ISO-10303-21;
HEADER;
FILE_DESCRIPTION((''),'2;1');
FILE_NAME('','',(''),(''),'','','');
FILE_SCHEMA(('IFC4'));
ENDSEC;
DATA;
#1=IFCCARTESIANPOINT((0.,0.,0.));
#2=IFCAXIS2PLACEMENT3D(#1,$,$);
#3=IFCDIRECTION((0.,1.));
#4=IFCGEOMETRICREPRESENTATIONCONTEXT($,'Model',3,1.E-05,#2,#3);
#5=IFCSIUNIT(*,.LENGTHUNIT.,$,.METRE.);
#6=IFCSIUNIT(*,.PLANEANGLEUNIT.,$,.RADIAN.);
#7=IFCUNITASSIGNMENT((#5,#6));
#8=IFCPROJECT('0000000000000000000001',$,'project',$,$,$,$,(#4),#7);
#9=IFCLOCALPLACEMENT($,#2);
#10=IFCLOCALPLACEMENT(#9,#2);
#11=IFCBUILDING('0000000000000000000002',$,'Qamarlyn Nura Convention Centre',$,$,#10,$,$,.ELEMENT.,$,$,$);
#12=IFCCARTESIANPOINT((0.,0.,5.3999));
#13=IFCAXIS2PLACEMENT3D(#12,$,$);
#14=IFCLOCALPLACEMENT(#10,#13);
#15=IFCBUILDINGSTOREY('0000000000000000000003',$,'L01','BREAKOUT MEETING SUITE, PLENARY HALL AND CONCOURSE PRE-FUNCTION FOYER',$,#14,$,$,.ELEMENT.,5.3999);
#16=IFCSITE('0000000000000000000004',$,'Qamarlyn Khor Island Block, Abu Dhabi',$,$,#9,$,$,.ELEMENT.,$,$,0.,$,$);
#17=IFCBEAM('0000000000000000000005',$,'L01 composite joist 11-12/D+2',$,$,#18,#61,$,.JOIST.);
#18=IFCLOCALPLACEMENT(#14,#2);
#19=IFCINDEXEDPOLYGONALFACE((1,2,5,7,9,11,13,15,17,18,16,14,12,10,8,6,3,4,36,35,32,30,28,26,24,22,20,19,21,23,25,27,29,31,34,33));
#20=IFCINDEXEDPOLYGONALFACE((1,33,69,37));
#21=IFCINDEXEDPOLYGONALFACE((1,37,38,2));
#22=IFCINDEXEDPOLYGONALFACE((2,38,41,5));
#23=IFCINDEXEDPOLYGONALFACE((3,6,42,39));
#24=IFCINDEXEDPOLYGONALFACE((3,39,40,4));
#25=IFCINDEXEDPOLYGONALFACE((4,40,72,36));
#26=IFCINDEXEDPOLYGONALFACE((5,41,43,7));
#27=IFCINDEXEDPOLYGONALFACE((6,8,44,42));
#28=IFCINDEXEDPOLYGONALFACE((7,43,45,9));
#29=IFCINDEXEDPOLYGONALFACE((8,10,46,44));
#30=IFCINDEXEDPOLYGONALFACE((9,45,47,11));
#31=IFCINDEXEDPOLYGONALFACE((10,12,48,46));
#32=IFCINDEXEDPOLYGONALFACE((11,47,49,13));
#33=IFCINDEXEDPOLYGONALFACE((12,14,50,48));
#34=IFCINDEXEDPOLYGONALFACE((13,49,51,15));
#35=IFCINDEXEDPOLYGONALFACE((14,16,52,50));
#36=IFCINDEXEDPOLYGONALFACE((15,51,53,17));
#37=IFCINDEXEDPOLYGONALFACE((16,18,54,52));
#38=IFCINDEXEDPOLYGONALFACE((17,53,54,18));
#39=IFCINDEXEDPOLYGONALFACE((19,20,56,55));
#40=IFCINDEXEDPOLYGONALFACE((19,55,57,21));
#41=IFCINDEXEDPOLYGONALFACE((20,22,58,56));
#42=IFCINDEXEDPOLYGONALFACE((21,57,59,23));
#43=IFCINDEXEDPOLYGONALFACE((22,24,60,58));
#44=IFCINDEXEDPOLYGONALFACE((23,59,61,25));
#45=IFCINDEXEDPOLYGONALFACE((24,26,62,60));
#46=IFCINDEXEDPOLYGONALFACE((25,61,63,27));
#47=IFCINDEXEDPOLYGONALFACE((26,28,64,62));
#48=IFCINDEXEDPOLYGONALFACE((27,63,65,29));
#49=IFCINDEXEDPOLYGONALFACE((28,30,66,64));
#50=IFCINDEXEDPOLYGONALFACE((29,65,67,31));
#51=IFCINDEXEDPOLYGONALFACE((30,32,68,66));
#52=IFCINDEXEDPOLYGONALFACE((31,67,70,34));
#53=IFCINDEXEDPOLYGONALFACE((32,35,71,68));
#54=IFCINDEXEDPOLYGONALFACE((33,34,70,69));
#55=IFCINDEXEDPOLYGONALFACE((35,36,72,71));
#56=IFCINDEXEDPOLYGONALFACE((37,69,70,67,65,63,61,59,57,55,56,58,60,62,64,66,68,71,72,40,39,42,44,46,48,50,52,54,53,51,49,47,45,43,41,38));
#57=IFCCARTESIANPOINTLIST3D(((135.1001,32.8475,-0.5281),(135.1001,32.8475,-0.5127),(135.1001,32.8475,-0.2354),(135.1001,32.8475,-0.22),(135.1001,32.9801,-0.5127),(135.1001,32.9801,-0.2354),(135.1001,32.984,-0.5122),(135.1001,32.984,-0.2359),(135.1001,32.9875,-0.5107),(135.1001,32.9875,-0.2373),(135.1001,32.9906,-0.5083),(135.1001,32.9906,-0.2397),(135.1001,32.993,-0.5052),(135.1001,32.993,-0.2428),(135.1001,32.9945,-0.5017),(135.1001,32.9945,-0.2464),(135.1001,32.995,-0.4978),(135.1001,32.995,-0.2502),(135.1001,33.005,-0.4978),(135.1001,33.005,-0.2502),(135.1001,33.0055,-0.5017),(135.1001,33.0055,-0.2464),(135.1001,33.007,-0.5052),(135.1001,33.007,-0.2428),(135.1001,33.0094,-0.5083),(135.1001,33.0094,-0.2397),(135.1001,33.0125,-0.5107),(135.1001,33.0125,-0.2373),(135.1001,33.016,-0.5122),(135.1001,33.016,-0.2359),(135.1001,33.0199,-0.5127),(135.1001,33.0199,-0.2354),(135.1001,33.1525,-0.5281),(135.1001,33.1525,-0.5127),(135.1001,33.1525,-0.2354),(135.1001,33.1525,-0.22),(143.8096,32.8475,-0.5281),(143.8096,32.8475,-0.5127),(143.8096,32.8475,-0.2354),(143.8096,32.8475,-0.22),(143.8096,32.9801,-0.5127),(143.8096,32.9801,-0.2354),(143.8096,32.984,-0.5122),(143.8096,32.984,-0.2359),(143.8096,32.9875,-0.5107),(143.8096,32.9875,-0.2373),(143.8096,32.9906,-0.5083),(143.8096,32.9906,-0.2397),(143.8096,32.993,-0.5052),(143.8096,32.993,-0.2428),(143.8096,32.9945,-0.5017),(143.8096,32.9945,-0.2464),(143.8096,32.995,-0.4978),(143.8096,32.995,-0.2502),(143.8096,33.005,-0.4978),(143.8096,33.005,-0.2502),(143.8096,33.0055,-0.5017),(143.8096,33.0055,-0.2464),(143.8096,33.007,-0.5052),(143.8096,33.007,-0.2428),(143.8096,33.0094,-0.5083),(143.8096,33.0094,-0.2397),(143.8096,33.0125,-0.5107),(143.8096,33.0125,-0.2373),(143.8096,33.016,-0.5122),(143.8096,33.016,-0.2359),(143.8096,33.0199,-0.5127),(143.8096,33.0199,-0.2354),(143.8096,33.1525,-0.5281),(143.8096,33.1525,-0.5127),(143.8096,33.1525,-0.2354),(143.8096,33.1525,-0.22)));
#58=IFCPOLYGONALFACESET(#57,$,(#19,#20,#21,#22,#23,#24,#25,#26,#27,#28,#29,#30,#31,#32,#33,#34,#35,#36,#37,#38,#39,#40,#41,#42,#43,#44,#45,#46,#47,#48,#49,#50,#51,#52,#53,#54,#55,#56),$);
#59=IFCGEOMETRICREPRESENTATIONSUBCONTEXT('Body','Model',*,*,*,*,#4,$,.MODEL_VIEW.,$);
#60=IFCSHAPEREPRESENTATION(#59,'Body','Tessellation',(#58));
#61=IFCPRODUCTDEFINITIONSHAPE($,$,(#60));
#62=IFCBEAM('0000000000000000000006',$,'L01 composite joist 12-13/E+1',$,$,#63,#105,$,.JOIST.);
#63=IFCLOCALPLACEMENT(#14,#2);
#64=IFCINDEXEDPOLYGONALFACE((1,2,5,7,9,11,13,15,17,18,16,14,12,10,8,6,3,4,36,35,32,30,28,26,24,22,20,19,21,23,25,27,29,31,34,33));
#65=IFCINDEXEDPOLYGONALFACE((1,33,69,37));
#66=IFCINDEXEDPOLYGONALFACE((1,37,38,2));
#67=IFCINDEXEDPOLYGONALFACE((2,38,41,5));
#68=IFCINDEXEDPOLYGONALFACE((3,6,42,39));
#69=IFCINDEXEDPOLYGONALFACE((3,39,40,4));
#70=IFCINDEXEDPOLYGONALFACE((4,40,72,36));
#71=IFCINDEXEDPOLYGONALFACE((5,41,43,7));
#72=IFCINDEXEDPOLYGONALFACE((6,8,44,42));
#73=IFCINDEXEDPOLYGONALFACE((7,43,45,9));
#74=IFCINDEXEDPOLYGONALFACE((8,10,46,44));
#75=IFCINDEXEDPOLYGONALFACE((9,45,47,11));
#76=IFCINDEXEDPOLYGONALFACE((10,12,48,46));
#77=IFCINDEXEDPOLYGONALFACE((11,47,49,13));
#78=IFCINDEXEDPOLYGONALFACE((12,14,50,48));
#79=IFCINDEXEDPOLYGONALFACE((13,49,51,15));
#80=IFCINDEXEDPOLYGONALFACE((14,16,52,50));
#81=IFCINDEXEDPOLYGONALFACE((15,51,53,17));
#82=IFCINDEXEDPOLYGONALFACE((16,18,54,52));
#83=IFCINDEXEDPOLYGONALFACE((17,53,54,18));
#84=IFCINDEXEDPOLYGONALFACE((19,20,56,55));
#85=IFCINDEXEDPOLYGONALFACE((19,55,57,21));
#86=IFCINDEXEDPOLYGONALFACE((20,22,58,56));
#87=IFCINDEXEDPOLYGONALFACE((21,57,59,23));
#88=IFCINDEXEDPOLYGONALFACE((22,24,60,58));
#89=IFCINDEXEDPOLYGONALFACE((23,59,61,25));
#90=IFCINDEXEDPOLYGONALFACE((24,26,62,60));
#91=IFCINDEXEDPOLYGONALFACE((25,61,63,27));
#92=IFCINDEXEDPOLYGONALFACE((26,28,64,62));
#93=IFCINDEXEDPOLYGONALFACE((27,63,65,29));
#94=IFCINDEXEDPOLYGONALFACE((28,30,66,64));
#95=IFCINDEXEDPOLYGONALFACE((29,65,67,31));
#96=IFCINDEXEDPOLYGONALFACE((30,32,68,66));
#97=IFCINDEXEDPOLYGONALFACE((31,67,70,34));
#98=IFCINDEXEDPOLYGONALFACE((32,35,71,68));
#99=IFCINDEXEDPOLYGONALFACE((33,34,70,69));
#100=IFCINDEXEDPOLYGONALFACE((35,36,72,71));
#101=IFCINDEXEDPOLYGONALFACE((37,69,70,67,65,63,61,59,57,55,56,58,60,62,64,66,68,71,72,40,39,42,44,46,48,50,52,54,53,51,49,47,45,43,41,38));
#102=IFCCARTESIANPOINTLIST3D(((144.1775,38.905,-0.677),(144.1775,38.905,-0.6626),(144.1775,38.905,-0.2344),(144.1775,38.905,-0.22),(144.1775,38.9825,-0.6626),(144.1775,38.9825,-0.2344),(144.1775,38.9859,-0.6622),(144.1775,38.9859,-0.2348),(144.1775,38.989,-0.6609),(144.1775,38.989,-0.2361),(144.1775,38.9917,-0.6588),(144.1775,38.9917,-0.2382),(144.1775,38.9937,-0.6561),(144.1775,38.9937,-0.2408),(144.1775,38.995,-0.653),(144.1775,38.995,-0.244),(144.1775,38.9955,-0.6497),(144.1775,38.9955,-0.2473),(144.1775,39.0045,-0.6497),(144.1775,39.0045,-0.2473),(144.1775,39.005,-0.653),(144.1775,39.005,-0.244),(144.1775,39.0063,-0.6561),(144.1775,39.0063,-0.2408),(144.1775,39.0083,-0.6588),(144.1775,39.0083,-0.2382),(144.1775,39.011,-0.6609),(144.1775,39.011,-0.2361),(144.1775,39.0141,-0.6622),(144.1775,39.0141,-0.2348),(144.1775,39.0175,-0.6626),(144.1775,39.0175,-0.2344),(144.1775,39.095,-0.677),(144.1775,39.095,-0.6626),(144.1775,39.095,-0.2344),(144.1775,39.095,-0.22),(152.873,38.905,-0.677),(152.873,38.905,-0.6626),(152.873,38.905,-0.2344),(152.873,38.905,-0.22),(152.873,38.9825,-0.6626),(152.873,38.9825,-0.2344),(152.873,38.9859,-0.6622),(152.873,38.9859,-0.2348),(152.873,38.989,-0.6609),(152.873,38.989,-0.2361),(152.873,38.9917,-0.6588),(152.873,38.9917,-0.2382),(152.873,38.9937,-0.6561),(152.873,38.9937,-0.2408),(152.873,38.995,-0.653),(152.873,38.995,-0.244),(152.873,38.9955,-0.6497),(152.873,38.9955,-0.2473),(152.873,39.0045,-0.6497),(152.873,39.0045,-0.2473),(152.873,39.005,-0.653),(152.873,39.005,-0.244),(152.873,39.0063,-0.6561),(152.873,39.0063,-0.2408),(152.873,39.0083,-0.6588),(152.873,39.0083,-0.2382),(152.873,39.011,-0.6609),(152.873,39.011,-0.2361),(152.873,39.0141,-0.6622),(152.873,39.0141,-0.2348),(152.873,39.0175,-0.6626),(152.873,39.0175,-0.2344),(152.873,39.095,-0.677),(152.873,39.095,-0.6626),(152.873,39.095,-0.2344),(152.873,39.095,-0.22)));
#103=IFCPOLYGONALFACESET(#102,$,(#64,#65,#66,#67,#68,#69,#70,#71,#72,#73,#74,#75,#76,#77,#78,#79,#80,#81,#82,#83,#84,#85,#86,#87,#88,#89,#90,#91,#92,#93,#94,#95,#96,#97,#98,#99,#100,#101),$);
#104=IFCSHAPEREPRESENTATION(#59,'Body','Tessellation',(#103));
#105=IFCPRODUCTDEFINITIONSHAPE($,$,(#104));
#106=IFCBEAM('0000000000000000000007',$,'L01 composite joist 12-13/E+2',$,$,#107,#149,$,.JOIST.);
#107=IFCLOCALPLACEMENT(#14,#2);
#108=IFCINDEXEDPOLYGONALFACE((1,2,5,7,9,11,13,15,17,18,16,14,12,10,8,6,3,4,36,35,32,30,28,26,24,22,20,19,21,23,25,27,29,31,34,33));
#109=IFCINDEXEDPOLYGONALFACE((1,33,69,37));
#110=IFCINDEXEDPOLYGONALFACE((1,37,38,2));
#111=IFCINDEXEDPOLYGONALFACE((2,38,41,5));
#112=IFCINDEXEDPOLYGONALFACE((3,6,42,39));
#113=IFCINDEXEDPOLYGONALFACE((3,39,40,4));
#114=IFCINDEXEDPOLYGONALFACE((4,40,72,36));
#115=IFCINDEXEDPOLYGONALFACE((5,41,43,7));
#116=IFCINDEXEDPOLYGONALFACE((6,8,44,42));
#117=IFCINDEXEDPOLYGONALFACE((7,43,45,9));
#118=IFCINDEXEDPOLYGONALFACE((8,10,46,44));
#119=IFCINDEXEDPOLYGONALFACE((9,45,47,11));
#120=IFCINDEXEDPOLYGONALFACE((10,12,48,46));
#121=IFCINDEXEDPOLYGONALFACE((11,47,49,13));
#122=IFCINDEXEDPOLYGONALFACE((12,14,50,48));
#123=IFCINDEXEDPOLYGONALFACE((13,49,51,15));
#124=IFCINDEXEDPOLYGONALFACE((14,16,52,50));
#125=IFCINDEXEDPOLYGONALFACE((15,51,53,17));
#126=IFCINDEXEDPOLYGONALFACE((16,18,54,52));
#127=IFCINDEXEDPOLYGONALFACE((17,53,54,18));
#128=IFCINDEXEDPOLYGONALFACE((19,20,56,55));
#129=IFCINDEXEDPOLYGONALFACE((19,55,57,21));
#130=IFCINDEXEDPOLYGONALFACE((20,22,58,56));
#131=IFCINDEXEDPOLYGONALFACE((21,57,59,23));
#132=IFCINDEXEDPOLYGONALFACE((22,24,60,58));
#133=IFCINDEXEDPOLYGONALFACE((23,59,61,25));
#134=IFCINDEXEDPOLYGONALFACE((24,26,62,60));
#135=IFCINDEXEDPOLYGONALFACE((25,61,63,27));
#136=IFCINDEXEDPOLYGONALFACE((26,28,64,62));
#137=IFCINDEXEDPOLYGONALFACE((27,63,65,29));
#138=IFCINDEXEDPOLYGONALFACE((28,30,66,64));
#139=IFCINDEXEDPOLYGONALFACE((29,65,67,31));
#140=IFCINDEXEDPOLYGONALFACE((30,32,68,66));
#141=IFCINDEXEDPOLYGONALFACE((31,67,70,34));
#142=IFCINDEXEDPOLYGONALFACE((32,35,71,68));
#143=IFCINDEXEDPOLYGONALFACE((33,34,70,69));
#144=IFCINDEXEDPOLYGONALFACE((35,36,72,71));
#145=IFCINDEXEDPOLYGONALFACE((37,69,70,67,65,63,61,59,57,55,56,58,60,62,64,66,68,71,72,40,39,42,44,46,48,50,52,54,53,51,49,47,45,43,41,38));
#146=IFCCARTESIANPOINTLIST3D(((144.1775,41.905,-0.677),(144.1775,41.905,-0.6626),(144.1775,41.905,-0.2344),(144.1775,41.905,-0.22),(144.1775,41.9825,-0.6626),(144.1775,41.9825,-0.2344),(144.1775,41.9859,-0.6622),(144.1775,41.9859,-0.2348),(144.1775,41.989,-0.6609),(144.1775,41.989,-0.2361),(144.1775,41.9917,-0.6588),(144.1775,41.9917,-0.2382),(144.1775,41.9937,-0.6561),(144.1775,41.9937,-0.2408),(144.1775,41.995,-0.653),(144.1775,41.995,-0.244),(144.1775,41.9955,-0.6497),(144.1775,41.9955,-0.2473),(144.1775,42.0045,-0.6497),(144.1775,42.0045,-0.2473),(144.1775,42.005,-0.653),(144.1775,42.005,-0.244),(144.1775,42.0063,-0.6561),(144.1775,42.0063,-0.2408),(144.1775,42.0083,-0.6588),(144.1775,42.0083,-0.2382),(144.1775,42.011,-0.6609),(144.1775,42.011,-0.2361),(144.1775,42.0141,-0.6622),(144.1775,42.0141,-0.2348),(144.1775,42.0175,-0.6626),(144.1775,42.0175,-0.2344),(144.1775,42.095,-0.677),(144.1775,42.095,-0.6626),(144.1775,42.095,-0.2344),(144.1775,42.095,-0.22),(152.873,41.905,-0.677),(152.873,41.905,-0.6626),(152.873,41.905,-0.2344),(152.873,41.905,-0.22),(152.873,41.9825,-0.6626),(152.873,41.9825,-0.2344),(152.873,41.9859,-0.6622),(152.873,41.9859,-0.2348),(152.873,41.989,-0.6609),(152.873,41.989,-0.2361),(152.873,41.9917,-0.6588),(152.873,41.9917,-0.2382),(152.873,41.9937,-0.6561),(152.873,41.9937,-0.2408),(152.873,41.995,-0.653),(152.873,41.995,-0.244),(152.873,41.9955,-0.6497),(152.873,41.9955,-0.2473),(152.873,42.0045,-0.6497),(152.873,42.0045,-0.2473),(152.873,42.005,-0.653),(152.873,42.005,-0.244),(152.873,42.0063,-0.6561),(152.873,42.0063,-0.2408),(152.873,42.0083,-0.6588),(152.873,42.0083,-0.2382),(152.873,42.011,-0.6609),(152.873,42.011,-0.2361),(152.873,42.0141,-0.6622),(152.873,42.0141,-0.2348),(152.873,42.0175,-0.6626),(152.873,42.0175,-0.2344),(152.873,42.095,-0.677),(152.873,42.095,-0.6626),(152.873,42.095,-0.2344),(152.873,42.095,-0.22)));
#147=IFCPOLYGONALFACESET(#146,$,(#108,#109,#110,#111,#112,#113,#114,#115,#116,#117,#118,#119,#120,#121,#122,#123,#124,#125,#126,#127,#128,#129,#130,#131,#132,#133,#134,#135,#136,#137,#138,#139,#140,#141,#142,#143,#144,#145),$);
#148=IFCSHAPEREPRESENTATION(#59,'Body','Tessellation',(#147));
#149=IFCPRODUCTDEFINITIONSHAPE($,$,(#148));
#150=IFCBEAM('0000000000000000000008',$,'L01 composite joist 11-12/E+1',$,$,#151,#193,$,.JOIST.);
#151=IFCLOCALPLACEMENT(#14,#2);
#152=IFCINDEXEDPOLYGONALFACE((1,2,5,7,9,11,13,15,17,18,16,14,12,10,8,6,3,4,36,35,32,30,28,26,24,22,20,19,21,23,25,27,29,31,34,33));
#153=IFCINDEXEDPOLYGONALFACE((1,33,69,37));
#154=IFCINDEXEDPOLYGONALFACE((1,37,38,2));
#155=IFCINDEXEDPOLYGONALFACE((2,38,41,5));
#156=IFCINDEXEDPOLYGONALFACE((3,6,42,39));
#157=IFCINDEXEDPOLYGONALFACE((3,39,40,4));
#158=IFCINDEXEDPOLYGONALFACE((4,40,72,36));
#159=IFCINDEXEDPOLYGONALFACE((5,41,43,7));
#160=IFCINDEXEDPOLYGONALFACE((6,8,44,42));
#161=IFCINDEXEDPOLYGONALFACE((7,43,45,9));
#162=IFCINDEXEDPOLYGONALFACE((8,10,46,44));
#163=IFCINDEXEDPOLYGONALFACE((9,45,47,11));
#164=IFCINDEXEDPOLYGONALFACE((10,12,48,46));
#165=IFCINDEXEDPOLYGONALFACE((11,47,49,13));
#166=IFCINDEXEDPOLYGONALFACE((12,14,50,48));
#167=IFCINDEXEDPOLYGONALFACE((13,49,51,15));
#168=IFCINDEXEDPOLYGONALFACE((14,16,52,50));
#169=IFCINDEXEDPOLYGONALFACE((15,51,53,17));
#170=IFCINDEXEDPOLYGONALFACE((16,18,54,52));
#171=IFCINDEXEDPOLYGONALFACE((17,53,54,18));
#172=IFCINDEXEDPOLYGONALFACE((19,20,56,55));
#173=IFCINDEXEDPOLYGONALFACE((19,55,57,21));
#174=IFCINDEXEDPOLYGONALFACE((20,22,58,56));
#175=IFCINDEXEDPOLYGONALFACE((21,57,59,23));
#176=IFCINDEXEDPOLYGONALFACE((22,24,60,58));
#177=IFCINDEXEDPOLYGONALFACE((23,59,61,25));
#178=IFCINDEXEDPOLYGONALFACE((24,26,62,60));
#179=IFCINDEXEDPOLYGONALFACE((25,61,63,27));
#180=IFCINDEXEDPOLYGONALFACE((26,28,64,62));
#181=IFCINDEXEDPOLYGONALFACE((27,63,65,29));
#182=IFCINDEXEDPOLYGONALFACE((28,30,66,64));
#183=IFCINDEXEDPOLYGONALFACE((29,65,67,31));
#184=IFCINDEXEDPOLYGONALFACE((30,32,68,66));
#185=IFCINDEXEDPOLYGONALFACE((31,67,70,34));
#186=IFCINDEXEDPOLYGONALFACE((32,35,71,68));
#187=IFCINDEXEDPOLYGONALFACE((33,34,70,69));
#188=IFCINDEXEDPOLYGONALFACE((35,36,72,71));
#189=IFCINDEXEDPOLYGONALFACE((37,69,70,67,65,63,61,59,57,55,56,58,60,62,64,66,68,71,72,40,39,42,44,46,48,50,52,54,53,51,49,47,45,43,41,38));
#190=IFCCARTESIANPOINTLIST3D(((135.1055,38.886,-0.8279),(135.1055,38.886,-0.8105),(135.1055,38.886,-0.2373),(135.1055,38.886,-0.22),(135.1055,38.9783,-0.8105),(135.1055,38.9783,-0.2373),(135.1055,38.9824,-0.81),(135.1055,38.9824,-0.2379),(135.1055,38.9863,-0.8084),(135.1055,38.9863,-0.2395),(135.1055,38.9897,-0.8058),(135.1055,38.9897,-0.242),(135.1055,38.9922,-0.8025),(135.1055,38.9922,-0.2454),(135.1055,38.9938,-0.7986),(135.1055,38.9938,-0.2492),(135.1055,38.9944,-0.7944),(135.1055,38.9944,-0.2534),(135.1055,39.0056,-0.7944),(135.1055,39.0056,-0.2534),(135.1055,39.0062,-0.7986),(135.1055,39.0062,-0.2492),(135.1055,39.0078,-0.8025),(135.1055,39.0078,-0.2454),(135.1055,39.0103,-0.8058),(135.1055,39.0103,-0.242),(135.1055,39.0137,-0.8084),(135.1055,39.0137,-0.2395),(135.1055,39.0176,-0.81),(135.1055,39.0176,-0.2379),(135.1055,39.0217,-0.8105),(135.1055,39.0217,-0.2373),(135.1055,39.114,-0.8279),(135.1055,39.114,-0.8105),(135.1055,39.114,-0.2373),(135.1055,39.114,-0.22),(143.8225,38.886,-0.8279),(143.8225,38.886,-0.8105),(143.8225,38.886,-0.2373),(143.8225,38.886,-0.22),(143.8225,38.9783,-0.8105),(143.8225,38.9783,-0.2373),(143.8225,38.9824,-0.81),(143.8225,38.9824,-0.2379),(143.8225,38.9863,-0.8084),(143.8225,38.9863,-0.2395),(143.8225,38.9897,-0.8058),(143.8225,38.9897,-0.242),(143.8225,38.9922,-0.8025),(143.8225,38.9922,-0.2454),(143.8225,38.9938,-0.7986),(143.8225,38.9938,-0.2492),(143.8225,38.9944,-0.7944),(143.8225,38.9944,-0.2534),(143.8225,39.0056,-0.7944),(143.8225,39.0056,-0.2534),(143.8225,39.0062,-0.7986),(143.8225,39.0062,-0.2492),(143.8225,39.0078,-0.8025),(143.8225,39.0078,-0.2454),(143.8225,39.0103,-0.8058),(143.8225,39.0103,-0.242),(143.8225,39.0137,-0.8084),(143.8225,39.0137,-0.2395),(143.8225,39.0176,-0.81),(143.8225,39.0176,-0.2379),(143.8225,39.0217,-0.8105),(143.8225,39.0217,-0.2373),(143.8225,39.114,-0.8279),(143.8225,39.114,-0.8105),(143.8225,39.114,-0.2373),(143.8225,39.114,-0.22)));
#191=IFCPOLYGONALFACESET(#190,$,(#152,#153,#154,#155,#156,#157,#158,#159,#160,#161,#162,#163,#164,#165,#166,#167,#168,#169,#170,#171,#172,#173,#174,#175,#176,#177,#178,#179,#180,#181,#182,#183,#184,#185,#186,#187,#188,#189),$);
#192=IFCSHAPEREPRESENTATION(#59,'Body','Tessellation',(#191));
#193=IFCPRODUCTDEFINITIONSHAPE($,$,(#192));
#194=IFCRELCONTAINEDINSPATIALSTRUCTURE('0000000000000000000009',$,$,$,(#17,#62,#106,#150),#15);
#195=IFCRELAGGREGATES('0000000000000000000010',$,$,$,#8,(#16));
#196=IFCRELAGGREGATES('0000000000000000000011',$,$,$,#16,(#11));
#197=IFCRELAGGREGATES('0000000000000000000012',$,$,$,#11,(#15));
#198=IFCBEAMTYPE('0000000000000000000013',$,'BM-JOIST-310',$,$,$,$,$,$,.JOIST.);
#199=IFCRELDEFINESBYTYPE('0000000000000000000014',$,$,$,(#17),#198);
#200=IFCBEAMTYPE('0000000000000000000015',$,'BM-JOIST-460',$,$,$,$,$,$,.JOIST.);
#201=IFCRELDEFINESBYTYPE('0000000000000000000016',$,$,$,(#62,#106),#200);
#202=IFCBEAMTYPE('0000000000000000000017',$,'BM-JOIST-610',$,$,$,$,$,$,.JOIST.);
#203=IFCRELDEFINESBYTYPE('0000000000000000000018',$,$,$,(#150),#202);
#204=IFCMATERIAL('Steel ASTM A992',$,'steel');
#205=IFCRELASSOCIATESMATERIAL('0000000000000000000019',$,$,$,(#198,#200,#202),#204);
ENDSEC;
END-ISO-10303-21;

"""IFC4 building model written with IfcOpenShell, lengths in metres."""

from ifc_helpers import new_model, si_unit, direction, frame, origin, origin_2d, place, context, subcontext, project, spatial, i_section, extrude, material, material_profile, profile_set, type_object, element, save


model = new_model("IFC4")

# Units and contexts
model_context = context("Model", 3, precision=1e-05, world=origin(), true_north=direction((0.0, 1.0)))
body_context = subcontext(model_context, "Body", "Model", "MODEL_VIEW")
ifc_project = project(units=[si_unit("LENGTHUNIT", "METRE"), si_unit("PLANEANGLEUNIT", "RADIAN")], contexts=[model_context])

# Site, building, storey
site_placement = place(None, origin())
site = spatial("IfcSite", under=ifc_project, at=site_placement, Name="Qamarlyn Khor Island Block, Abu Dhabi", CompositionType="ELEMENT", RefElevation=0.0)
building_placement = place(site_placement, origin())
building = spatial("IfcBuilding", under=site, at=building_placement, Name="Qamarlyn Nura Convention Centre", CompositionType="ELEMENT")
storey_placement = place(building_placement, frame((0.0, 0.0, 5.3999)))
storey = spatial("IfcBuildingStorey", under=building, at=storey_placement, Name="L01", Description="BREAKOUT MEETING SUITE, PLENARY HALL AND CONCOURSE PRE-FUNCTION FOYER", CompositionType="ELEMENT", Elevation=5.3999)

# Shared definitions
ifc_material_1 = material(Name="Steel ASTM A992", Category="steel")

# Beams
ifc_material_profile_1 = material_profile(ifc_material_1, i_section(OverallWidth=0.3049, OverallDepth=0.3081, WebThickness=0.01, FlangeThickness=0.0154, FilletRadius=0.0149, at=origin_2d()), Name="W310X97")
ifc_profile_set_1 = profile_set([ifc_material_profile_1], Name="Steel ASTM A992")
beam_type_1 = type_object("IfcBeamType", Name="BM-JOIST-310", PredefinedType="JOIST", material=ifc_profile_set_1)
for number, where, z_axis, x_axis, name in (
    (1, (135.1001, 33.0, -0.374), (1.0, 0.0, 0.0), (0.0, 1.0, 0.0), "L01 composite joist 11-12/D+2"),
):
    element("IfcBeam", number, at=place(storey_placement, frame(where, z_axis=z_axis, x_axis=x_axis)), inside=storey, type_object=beam_type_1, Name=name, PredefinedType="JOIST", context=body_context, shape_type="SweptSolid", body=[
        extrude(i_section(OverallWidth=0.3049, OverallDepth=0.3081, WebThickness=0.01, FlangeThickness=0.0154, FilletRadius=0.0149, at=origin_2d()), origin(), (0.0, 0.0, 1.0), 8.7095),
    ])
ifc_material_profile_2 = material_profile(ifc_material_1, i_section(OverallWidth=0.1899, OverallDepth=0.457, WebThickness=0.009, FlangeThickness=0.0144, FilletRadius=0.0129, at=origin_2d()), Name="W460X74")
ifc_profile_set_2 = profile_set([ifc_material_profile_2], Name="Steel ASTM A992")
beam_type_2 = type_object("IfcBeamType", Name="BM-JOIST-460", PredefinedType="JOIST", material=ifc_profile_set_2)
for number, where, z_axis, x_axis, name in (
    (2, (144.1775, 39.0, -0.4485), (1.0, 0.0, 0.0), (0.0, 1.0, 0.0), "L01 composite joist 12-13/E+1"),
    (3, (144.1775, 42.0, -0.4485), (1.0, 0.0, 0.0), (0.0, 1.0, 0.0), "L01 composite joist 12-13/E+2"),
):
    element("IfcBeam", number, at=place(storey_placement, frame(where, z_axis=z_axis, x_axis=x_axis)), inside=storey, type_object=beam_type_2, Name=name, PredefinedType="JOIST", context=body_context, shape_type="SweptSolid", body=[
        extrude(i_section(OverallWidth=0.1899, OverallDepth=0.457, WebThickness=0.009, FlangeThickness=0.0144, FilletRadius=0.0129, at=origin_2d()), origin(), (0.0, 0.0, 1.0), 8.6956),
    ])
ifc_material_profile_3 = material_profile(ifc_material_1, i_section(OverallWidth=0.228, OverallDepth=0.6079, WebThickness=0.0112, FlangeThickness=0.0173, FilletRadius=0.0161, at=origin_2d()), Name="W610X113")
ifc_profile_set_3 = profile_set([ifc_material_profile_3], Name="Steel ASTM A992")
beam_type_3 = type_object("IfcBeamType", Name="BM-JOIST-610", PredefinedType="JOIST", material=ifc_profile_set_3)
for number, where, z_axis, x_axis, name in (
    (4, (135.1055, 39.0, -0.5239), (1.0, 0.0, 0.0), (0.0, 1.0, 0.0), "L01 composite joist 11-12/E+1"),
):
    element("IfcBeam", number, at=place(storey_placement, frame(where, z_axis=z_axis, x_axis=x_axis)), inside=storey, type_object=beam_type_3, Name=name, PredefinedType="JOIST", context=body_context, shape_type="SweptSolid", body=[
        extrude(i_section(OverallWidth=0.228, OverallDepth=0.6079, WebThickness=0.0112, FlangeThickness=0.0173, FilletRadius=0.0161, at=origin_2d()), origin(), (0.0, 0.0, 1.0), 8.717),
    ])

save(model, "model.ifc")
